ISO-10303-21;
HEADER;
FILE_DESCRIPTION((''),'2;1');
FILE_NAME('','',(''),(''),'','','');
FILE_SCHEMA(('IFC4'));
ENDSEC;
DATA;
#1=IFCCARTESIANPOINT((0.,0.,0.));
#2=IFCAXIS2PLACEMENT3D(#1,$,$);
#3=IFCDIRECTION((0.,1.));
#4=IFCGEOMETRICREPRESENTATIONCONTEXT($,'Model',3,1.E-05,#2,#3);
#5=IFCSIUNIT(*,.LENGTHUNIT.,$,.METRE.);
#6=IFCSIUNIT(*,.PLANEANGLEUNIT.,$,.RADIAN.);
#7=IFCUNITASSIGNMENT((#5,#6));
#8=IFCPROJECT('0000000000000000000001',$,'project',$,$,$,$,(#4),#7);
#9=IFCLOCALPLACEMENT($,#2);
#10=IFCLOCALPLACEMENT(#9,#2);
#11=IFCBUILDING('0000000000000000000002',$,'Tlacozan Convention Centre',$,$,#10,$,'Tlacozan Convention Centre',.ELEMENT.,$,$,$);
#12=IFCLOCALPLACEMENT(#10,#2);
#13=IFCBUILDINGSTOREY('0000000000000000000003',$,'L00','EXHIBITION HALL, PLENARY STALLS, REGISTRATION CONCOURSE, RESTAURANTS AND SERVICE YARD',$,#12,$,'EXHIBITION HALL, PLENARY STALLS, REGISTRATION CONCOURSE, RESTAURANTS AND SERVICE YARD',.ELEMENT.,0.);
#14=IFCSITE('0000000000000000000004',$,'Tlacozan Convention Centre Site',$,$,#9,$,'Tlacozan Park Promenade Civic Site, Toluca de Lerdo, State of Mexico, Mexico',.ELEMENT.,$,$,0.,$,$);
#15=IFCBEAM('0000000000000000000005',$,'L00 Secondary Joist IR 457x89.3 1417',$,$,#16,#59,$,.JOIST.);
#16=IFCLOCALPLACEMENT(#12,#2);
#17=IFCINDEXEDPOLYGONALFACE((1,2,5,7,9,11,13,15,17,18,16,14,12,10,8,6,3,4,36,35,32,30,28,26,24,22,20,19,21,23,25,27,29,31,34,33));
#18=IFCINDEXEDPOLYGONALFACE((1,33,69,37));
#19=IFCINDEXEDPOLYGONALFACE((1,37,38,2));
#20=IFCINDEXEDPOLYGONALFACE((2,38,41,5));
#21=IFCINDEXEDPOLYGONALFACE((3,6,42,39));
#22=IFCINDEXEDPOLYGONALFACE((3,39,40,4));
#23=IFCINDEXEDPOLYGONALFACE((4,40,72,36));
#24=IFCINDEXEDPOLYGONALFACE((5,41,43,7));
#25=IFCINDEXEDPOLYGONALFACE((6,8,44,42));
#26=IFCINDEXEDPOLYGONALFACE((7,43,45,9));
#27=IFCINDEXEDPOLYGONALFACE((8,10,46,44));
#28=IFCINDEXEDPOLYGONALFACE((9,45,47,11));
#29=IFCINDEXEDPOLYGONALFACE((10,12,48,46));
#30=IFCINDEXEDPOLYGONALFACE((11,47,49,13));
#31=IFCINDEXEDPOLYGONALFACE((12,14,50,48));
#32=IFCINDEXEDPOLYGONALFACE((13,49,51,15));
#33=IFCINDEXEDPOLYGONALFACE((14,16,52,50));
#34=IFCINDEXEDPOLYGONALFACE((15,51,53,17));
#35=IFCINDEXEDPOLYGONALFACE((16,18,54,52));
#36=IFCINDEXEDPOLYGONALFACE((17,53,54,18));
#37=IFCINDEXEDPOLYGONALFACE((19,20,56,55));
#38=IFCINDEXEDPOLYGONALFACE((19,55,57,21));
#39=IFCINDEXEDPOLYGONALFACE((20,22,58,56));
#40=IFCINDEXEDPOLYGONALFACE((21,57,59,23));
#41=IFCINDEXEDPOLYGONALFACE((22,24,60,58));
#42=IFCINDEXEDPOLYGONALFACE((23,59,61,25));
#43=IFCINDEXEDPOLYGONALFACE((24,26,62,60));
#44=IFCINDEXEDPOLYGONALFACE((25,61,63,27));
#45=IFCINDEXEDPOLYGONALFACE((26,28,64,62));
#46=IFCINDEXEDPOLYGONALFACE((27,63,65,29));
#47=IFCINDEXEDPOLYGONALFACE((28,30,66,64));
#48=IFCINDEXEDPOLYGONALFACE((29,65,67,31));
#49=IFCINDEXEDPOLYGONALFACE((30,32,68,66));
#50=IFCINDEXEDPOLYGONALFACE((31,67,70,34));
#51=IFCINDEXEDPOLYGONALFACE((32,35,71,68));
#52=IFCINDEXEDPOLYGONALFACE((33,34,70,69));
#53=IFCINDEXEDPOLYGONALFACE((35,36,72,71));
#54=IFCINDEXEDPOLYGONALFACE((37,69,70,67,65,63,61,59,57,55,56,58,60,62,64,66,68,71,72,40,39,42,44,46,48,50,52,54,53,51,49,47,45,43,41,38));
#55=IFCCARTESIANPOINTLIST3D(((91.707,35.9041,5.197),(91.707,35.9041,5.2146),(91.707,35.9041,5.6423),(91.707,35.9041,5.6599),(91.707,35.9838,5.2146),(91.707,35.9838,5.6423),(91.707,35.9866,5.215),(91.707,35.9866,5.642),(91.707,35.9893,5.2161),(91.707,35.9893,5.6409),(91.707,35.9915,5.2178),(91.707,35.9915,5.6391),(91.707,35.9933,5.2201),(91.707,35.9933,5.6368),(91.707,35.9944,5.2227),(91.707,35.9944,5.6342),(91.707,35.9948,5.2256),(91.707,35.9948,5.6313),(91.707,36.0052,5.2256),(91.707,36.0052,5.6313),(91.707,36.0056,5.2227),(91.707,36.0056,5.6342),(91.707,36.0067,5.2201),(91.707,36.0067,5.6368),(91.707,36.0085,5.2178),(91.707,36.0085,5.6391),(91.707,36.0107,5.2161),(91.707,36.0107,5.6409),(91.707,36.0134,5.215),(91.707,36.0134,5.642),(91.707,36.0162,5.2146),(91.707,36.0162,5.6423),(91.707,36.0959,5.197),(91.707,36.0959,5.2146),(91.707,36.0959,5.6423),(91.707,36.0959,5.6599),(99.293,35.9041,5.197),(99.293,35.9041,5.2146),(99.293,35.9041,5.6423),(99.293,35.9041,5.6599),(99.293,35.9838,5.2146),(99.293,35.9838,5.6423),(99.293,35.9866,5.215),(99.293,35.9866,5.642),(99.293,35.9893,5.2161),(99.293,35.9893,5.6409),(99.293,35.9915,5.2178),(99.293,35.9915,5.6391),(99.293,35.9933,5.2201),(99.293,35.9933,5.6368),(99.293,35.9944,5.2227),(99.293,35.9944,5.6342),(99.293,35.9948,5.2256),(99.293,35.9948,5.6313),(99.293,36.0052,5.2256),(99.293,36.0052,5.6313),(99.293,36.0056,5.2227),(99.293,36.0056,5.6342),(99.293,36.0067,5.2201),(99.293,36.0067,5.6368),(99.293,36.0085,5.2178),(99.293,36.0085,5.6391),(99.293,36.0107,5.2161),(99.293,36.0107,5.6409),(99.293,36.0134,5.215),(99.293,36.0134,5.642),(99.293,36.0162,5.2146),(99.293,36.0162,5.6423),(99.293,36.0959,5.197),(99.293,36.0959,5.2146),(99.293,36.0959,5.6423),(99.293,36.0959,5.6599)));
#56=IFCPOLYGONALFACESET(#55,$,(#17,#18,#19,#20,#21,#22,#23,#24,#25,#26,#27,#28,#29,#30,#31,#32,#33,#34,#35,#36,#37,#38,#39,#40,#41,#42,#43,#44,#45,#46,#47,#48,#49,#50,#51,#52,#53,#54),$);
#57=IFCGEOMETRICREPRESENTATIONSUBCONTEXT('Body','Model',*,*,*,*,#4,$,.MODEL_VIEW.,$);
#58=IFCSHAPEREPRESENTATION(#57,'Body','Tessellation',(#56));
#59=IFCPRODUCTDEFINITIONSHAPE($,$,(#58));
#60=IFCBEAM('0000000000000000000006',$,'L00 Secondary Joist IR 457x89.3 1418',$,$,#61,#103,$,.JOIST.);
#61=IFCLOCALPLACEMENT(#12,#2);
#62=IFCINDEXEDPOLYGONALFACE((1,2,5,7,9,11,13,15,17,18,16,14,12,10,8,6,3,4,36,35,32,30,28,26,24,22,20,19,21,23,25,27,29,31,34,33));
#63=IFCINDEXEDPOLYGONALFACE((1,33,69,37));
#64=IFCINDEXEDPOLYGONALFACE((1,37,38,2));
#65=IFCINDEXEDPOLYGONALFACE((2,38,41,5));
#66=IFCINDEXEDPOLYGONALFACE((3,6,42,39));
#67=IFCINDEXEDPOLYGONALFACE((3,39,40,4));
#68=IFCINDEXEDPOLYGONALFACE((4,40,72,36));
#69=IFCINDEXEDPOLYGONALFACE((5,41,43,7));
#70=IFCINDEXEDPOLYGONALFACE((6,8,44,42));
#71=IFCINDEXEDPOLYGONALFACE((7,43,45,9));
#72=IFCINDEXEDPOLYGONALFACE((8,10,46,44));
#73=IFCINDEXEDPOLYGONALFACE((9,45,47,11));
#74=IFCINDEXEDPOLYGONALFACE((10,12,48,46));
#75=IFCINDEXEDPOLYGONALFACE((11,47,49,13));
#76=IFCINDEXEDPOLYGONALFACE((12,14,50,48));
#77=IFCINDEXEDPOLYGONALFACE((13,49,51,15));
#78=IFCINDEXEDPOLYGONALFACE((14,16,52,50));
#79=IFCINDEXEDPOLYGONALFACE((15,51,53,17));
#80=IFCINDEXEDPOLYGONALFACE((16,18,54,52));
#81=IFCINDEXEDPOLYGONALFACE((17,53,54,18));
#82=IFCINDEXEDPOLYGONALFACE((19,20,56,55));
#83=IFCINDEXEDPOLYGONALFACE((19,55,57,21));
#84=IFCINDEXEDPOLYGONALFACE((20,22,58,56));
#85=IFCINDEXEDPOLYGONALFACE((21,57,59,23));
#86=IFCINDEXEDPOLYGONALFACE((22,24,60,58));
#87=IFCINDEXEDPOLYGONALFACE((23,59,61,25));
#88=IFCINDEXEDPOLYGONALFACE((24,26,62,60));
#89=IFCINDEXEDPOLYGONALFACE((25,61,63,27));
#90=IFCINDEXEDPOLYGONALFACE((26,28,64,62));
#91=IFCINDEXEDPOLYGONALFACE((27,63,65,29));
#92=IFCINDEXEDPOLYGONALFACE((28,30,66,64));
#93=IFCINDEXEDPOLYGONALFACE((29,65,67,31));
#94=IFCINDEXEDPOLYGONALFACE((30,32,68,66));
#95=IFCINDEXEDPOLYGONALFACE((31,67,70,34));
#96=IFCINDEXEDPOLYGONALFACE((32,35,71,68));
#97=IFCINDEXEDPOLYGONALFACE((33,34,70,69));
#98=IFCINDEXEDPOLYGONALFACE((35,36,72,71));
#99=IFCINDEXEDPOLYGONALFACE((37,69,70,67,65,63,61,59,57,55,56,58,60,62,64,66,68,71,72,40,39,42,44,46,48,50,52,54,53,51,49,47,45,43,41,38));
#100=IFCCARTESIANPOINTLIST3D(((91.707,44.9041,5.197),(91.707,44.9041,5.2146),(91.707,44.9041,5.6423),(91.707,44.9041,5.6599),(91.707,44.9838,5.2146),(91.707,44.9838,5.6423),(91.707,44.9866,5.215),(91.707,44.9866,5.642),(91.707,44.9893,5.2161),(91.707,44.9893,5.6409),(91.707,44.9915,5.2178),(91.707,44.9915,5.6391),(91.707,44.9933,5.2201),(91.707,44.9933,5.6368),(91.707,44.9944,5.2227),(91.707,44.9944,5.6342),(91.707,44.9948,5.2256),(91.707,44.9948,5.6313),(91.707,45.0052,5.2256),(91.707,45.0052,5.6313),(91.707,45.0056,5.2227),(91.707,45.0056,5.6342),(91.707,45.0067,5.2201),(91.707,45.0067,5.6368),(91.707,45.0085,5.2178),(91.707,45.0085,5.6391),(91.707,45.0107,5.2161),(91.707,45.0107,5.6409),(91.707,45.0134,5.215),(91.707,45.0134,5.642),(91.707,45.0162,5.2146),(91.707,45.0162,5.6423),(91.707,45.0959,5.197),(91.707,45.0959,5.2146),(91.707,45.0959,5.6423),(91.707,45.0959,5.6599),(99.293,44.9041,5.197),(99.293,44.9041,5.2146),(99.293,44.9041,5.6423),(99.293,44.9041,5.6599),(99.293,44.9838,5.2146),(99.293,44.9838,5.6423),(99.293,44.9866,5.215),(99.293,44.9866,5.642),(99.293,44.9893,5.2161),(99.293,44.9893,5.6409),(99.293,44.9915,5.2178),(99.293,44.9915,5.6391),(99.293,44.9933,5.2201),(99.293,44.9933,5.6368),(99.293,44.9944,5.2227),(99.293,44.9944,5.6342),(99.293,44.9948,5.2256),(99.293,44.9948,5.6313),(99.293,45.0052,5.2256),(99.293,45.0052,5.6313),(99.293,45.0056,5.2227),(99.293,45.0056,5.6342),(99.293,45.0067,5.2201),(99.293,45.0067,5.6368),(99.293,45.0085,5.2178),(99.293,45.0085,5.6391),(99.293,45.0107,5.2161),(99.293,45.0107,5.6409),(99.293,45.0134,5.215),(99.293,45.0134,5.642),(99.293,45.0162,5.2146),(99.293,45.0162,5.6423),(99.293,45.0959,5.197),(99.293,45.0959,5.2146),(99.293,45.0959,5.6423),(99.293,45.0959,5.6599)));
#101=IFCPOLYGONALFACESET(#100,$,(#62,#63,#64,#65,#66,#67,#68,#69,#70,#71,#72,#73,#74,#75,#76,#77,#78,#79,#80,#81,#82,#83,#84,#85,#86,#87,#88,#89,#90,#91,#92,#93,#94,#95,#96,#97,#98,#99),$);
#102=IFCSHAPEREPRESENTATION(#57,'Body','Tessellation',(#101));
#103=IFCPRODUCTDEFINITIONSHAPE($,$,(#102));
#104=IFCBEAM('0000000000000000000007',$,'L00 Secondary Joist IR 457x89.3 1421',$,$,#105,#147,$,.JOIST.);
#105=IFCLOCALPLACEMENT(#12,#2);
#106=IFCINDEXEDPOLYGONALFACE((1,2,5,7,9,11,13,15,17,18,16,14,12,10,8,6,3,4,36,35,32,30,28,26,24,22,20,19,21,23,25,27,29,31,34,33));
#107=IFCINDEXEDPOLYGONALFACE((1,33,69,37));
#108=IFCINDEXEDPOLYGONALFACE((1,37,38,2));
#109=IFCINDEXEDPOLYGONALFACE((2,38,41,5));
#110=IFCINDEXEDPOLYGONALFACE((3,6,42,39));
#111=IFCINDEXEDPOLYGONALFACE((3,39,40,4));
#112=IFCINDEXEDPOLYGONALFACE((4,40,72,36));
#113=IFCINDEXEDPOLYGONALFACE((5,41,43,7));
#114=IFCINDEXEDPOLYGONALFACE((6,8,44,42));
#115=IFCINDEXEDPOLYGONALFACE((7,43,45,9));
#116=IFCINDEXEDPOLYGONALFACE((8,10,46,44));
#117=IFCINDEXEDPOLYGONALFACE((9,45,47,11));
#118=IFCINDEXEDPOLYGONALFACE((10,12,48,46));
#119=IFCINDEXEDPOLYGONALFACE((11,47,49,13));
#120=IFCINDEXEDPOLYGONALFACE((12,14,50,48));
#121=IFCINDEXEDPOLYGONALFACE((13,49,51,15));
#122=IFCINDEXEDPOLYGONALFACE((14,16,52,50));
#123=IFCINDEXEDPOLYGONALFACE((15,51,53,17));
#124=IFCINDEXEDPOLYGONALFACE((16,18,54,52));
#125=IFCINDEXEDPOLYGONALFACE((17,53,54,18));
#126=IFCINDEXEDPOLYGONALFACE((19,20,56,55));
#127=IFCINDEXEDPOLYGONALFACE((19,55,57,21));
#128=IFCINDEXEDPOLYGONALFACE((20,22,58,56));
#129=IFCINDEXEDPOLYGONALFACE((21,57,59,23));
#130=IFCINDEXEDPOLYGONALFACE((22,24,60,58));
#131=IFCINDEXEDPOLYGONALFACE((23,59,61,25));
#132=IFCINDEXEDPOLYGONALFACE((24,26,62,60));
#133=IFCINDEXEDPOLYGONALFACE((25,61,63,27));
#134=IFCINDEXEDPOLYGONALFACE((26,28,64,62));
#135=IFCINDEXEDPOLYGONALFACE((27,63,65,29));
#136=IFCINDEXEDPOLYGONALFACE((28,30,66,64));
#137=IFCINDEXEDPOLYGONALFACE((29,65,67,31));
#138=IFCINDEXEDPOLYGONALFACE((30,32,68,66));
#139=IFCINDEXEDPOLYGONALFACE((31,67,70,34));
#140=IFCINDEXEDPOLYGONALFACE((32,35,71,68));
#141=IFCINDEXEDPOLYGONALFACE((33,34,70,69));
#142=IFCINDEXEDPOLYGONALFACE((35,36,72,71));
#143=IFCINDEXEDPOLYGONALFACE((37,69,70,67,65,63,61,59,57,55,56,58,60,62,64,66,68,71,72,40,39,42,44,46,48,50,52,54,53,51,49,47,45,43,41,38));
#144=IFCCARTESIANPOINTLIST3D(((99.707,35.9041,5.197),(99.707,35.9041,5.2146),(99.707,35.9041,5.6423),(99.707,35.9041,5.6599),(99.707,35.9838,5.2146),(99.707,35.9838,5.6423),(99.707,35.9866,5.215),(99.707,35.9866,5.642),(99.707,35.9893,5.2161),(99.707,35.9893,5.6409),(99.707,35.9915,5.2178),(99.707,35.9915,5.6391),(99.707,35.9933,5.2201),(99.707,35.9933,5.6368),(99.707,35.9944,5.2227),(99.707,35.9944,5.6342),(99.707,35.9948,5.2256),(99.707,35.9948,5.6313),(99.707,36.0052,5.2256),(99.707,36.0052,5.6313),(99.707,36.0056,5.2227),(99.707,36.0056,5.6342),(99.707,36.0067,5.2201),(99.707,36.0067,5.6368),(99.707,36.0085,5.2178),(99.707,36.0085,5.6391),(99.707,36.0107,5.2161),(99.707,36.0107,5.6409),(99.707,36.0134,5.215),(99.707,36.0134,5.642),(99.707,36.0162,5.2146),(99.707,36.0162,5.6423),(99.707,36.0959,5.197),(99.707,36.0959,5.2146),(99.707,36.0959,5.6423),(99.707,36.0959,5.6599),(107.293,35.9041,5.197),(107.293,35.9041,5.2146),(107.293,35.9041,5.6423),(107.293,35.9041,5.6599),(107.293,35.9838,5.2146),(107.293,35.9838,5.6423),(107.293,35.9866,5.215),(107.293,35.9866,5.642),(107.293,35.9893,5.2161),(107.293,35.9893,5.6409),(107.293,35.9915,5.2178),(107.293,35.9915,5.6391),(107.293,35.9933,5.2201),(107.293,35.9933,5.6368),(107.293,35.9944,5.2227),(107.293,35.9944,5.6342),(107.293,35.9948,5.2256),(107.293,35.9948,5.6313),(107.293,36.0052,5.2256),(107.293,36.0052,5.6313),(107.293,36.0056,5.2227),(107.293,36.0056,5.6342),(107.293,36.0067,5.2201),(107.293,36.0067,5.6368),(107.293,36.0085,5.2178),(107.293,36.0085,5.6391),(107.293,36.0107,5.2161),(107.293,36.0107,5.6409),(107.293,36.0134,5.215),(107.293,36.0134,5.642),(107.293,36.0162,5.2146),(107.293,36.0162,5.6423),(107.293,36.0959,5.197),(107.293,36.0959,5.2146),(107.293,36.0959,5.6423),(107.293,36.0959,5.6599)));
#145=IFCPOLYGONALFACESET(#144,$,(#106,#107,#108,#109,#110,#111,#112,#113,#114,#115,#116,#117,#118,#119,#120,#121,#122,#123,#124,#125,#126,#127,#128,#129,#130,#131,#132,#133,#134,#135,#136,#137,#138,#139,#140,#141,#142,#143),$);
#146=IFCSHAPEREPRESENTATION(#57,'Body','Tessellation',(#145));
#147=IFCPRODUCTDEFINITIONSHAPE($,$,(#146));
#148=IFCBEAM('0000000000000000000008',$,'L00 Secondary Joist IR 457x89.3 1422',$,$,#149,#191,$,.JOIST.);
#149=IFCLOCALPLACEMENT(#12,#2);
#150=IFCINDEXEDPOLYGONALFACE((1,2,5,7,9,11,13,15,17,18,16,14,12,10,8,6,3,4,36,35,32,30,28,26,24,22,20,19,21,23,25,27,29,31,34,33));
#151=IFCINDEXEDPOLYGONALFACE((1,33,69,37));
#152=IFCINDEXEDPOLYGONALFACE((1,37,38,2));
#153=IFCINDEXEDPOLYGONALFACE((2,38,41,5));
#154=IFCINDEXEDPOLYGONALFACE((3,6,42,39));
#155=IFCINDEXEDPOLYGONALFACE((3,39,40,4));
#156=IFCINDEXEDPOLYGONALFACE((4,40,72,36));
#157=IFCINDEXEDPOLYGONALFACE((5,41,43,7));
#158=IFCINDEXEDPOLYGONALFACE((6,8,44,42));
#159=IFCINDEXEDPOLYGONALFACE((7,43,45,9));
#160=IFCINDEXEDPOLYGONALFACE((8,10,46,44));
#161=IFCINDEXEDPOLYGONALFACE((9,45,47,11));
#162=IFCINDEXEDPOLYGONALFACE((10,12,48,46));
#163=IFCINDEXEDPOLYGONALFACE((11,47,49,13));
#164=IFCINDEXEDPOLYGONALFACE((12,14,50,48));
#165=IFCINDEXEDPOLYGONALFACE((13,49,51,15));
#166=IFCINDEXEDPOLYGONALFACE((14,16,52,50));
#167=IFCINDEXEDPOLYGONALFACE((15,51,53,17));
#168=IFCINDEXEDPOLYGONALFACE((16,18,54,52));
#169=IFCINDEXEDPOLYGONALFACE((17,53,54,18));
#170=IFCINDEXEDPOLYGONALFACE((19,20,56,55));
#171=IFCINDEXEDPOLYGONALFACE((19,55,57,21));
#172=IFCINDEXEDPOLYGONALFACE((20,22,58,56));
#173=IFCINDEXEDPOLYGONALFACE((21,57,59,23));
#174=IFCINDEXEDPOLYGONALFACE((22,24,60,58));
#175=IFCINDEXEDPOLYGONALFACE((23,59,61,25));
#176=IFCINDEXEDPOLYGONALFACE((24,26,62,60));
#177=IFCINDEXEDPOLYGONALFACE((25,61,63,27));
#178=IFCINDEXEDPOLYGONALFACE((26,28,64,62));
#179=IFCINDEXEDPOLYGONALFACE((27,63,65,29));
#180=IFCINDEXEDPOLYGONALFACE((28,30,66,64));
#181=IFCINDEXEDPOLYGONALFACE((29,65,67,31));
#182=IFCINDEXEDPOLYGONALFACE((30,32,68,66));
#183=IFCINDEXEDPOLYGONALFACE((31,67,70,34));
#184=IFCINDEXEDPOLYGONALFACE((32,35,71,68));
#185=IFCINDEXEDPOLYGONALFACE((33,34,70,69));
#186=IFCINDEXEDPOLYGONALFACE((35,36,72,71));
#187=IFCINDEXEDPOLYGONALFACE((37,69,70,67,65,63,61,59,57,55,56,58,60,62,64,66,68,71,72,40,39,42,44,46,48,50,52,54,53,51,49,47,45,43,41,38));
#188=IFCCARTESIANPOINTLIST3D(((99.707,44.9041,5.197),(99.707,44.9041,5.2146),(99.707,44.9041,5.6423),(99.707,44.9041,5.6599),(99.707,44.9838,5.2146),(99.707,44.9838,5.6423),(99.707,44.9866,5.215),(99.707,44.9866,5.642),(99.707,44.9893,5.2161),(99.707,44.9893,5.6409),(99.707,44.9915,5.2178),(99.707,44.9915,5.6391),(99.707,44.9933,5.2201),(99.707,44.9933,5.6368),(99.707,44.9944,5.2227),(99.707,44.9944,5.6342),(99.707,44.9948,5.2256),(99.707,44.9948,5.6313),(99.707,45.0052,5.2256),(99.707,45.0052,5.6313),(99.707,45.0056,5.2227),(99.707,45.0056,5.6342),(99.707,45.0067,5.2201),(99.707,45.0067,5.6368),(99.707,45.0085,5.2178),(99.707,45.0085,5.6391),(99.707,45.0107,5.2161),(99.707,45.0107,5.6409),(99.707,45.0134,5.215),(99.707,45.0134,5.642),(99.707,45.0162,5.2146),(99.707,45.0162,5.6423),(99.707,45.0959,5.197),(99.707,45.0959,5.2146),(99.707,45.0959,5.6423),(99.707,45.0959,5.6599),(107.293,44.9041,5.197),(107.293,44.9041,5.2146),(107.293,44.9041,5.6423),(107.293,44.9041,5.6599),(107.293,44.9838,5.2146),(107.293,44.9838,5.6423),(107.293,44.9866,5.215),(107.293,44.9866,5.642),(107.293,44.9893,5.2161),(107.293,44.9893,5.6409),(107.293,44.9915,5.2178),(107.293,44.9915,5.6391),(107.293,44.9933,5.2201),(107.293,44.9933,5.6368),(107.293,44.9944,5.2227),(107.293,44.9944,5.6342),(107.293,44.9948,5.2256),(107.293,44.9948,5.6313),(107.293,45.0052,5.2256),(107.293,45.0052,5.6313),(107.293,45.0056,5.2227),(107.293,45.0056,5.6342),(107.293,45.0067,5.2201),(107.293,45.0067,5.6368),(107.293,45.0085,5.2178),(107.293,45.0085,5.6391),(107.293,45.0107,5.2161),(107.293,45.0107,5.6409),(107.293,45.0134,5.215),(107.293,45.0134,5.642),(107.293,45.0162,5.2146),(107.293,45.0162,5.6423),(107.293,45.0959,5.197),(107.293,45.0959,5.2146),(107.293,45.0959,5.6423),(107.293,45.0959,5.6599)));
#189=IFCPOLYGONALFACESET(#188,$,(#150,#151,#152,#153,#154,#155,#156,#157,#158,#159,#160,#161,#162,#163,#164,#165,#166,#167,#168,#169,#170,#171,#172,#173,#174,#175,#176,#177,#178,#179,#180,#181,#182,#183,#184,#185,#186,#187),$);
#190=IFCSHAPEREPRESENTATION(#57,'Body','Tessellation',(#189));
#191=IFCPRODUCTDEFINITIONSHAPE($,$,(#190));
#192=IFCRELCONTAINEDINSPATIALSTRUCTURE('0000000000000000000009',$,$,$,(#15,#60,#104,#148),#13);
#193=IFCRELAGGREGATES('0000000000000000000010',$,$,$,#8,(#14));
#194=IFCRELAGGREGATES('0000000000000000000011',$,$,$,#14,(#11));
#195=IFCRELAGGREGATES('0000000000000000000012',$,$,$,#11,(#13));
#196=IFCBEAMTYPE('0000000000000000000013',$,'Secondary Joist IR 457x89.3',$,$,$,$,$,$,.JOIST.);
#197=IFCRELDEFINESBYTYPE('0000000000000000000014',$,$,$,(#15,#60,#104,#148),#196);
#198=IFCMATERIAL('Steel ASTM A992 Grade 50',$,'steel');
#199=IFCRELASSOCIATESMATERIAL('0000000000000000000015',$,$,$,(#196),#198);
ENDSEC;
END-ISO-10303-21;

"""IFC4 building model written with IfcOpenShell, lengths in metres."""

from ifc_helpers import new_model, si_unit, direction, frame, origin, origin_2d, place, context, subcontext, project, spatial, i_section, extrude, material, material_profile, profile_set, type_object, element, save


model = new_model("IFC4")

# Units and contexts
model_context = context("Model", 3, precision=1e-05, world=origin(), true_north=direction((0.0, 1.0)))
body_context = subcontext(model_context, "Body", "Model", "MODEL_VIEW")
ifc_project = project(units=[si_unit("LENGTHUNIT", "METRE"), si_unit("PLANEANGLEUNIT", "RADIAN")], contexts=[model_context])

# Site, building, storey
site_placement = place(None, origin())
site = spatial("IfcSite", under=ifc_project, at=site_placement, Name="Tlacozan Convention Centre Site", LongName="Tlacozan Park Promenade Civic Site, Toluca de Lerdo, State of Mexico, Mexico", CompositionType="ELEMENT", RefElevation=0.0)
building_placement = place(site_placement, origin())
building = spatial("IfcBuilding", under=site, at=building_placement, Name="Tlacozan Convention Centre", LongName="Tlacozan Convention Centre", CompositionType="ELEMENT")
storey_placement = place(building_placement, origin())
storey = spatial("IfcBuildingStorey", under=building, at=storey_placement, Name="L00", Description="EXHIBITION HALL, PLENARY STALLS, REGISTRATION CONCOURSE, RESTAURANTS AND SERVICE YARD", LongName="EXHIBITION HALL, PLENARY STALLS, REGISTRATION CONCOURSE, RESTAURANTS AND SERVICE YARD", CompositionType="ELEMENT", Elevation=0.0)

# Shared definitions
ifc_material_1 = material(Name="Steel ASTM A992 Grade 50", Category="steel")

# Beams
ifc_material_profile_1 = material_profile(ifc_material_1, i_section(OverallWidth=0.1919, OverallDepth=0.4629, WebThickness=0.0105, FlangeThickness=0.0176, FilletRadius=0.011, at=origin_2d()), Name="IR 457x89.3")
ifc_profile_set_1 = profile_set([ifc_material_profile_1], Name="Steel ASTM A992 Grade 50")
beam_type_1 = type_object("IfcBeamType", Name="Secondary Joist IR 457x89.3", PredefinedType="JOIST", material=ifc_profile_set_1)
for number, where, z_axis, x_axis, name in (
    (1, (91.707, 36.0, 5.4285), (1.0, 0.0, 0.0), (0.0, 1.0, 0.0), "L00 Secondary Joist IR 457x89.3 1417"),
    (2, (91.707, 45.0, 5.4285), (1.0, 0.0, 0.0), (0.0, 1.0, 0.0), "L00 Secondary Joist IR 457x89.3 1418"),
    (3, (99.707, 36.0, 5.4285), (1.0, 0.0, 0.0), (0.0, 1.0, 0.0), "L00 Secondary Joist IR 457x89.3 1421"),
    (4, (99.707, 45.0, 5.4285), (1.0, 0.0, 0.0), (0.0, 1.0, 0.0), "L00 Secondary Joist IR 457x89.3 1422"),
):
    element("IfcBeam", number, at=place(storey_placement, frame(where, z_axis=z_axis, x_axis=x_axis)), inside=storey, type_object=beam_type_1, Name=name, PredefinedType="JOIST", context=body_context, shape_type="SweptSolid", body=[
        extrude(i_section(OverallWidth=0.1919, OverallDepth=0.4629, WebThickness=0.0105, FlangeThickness=0.0176, FilletRadius=0.011, at=origin_2d()), origin(), (0.0, 0.0, 1.0), 7.5859),
    ])

save(model, "model.ifc")
